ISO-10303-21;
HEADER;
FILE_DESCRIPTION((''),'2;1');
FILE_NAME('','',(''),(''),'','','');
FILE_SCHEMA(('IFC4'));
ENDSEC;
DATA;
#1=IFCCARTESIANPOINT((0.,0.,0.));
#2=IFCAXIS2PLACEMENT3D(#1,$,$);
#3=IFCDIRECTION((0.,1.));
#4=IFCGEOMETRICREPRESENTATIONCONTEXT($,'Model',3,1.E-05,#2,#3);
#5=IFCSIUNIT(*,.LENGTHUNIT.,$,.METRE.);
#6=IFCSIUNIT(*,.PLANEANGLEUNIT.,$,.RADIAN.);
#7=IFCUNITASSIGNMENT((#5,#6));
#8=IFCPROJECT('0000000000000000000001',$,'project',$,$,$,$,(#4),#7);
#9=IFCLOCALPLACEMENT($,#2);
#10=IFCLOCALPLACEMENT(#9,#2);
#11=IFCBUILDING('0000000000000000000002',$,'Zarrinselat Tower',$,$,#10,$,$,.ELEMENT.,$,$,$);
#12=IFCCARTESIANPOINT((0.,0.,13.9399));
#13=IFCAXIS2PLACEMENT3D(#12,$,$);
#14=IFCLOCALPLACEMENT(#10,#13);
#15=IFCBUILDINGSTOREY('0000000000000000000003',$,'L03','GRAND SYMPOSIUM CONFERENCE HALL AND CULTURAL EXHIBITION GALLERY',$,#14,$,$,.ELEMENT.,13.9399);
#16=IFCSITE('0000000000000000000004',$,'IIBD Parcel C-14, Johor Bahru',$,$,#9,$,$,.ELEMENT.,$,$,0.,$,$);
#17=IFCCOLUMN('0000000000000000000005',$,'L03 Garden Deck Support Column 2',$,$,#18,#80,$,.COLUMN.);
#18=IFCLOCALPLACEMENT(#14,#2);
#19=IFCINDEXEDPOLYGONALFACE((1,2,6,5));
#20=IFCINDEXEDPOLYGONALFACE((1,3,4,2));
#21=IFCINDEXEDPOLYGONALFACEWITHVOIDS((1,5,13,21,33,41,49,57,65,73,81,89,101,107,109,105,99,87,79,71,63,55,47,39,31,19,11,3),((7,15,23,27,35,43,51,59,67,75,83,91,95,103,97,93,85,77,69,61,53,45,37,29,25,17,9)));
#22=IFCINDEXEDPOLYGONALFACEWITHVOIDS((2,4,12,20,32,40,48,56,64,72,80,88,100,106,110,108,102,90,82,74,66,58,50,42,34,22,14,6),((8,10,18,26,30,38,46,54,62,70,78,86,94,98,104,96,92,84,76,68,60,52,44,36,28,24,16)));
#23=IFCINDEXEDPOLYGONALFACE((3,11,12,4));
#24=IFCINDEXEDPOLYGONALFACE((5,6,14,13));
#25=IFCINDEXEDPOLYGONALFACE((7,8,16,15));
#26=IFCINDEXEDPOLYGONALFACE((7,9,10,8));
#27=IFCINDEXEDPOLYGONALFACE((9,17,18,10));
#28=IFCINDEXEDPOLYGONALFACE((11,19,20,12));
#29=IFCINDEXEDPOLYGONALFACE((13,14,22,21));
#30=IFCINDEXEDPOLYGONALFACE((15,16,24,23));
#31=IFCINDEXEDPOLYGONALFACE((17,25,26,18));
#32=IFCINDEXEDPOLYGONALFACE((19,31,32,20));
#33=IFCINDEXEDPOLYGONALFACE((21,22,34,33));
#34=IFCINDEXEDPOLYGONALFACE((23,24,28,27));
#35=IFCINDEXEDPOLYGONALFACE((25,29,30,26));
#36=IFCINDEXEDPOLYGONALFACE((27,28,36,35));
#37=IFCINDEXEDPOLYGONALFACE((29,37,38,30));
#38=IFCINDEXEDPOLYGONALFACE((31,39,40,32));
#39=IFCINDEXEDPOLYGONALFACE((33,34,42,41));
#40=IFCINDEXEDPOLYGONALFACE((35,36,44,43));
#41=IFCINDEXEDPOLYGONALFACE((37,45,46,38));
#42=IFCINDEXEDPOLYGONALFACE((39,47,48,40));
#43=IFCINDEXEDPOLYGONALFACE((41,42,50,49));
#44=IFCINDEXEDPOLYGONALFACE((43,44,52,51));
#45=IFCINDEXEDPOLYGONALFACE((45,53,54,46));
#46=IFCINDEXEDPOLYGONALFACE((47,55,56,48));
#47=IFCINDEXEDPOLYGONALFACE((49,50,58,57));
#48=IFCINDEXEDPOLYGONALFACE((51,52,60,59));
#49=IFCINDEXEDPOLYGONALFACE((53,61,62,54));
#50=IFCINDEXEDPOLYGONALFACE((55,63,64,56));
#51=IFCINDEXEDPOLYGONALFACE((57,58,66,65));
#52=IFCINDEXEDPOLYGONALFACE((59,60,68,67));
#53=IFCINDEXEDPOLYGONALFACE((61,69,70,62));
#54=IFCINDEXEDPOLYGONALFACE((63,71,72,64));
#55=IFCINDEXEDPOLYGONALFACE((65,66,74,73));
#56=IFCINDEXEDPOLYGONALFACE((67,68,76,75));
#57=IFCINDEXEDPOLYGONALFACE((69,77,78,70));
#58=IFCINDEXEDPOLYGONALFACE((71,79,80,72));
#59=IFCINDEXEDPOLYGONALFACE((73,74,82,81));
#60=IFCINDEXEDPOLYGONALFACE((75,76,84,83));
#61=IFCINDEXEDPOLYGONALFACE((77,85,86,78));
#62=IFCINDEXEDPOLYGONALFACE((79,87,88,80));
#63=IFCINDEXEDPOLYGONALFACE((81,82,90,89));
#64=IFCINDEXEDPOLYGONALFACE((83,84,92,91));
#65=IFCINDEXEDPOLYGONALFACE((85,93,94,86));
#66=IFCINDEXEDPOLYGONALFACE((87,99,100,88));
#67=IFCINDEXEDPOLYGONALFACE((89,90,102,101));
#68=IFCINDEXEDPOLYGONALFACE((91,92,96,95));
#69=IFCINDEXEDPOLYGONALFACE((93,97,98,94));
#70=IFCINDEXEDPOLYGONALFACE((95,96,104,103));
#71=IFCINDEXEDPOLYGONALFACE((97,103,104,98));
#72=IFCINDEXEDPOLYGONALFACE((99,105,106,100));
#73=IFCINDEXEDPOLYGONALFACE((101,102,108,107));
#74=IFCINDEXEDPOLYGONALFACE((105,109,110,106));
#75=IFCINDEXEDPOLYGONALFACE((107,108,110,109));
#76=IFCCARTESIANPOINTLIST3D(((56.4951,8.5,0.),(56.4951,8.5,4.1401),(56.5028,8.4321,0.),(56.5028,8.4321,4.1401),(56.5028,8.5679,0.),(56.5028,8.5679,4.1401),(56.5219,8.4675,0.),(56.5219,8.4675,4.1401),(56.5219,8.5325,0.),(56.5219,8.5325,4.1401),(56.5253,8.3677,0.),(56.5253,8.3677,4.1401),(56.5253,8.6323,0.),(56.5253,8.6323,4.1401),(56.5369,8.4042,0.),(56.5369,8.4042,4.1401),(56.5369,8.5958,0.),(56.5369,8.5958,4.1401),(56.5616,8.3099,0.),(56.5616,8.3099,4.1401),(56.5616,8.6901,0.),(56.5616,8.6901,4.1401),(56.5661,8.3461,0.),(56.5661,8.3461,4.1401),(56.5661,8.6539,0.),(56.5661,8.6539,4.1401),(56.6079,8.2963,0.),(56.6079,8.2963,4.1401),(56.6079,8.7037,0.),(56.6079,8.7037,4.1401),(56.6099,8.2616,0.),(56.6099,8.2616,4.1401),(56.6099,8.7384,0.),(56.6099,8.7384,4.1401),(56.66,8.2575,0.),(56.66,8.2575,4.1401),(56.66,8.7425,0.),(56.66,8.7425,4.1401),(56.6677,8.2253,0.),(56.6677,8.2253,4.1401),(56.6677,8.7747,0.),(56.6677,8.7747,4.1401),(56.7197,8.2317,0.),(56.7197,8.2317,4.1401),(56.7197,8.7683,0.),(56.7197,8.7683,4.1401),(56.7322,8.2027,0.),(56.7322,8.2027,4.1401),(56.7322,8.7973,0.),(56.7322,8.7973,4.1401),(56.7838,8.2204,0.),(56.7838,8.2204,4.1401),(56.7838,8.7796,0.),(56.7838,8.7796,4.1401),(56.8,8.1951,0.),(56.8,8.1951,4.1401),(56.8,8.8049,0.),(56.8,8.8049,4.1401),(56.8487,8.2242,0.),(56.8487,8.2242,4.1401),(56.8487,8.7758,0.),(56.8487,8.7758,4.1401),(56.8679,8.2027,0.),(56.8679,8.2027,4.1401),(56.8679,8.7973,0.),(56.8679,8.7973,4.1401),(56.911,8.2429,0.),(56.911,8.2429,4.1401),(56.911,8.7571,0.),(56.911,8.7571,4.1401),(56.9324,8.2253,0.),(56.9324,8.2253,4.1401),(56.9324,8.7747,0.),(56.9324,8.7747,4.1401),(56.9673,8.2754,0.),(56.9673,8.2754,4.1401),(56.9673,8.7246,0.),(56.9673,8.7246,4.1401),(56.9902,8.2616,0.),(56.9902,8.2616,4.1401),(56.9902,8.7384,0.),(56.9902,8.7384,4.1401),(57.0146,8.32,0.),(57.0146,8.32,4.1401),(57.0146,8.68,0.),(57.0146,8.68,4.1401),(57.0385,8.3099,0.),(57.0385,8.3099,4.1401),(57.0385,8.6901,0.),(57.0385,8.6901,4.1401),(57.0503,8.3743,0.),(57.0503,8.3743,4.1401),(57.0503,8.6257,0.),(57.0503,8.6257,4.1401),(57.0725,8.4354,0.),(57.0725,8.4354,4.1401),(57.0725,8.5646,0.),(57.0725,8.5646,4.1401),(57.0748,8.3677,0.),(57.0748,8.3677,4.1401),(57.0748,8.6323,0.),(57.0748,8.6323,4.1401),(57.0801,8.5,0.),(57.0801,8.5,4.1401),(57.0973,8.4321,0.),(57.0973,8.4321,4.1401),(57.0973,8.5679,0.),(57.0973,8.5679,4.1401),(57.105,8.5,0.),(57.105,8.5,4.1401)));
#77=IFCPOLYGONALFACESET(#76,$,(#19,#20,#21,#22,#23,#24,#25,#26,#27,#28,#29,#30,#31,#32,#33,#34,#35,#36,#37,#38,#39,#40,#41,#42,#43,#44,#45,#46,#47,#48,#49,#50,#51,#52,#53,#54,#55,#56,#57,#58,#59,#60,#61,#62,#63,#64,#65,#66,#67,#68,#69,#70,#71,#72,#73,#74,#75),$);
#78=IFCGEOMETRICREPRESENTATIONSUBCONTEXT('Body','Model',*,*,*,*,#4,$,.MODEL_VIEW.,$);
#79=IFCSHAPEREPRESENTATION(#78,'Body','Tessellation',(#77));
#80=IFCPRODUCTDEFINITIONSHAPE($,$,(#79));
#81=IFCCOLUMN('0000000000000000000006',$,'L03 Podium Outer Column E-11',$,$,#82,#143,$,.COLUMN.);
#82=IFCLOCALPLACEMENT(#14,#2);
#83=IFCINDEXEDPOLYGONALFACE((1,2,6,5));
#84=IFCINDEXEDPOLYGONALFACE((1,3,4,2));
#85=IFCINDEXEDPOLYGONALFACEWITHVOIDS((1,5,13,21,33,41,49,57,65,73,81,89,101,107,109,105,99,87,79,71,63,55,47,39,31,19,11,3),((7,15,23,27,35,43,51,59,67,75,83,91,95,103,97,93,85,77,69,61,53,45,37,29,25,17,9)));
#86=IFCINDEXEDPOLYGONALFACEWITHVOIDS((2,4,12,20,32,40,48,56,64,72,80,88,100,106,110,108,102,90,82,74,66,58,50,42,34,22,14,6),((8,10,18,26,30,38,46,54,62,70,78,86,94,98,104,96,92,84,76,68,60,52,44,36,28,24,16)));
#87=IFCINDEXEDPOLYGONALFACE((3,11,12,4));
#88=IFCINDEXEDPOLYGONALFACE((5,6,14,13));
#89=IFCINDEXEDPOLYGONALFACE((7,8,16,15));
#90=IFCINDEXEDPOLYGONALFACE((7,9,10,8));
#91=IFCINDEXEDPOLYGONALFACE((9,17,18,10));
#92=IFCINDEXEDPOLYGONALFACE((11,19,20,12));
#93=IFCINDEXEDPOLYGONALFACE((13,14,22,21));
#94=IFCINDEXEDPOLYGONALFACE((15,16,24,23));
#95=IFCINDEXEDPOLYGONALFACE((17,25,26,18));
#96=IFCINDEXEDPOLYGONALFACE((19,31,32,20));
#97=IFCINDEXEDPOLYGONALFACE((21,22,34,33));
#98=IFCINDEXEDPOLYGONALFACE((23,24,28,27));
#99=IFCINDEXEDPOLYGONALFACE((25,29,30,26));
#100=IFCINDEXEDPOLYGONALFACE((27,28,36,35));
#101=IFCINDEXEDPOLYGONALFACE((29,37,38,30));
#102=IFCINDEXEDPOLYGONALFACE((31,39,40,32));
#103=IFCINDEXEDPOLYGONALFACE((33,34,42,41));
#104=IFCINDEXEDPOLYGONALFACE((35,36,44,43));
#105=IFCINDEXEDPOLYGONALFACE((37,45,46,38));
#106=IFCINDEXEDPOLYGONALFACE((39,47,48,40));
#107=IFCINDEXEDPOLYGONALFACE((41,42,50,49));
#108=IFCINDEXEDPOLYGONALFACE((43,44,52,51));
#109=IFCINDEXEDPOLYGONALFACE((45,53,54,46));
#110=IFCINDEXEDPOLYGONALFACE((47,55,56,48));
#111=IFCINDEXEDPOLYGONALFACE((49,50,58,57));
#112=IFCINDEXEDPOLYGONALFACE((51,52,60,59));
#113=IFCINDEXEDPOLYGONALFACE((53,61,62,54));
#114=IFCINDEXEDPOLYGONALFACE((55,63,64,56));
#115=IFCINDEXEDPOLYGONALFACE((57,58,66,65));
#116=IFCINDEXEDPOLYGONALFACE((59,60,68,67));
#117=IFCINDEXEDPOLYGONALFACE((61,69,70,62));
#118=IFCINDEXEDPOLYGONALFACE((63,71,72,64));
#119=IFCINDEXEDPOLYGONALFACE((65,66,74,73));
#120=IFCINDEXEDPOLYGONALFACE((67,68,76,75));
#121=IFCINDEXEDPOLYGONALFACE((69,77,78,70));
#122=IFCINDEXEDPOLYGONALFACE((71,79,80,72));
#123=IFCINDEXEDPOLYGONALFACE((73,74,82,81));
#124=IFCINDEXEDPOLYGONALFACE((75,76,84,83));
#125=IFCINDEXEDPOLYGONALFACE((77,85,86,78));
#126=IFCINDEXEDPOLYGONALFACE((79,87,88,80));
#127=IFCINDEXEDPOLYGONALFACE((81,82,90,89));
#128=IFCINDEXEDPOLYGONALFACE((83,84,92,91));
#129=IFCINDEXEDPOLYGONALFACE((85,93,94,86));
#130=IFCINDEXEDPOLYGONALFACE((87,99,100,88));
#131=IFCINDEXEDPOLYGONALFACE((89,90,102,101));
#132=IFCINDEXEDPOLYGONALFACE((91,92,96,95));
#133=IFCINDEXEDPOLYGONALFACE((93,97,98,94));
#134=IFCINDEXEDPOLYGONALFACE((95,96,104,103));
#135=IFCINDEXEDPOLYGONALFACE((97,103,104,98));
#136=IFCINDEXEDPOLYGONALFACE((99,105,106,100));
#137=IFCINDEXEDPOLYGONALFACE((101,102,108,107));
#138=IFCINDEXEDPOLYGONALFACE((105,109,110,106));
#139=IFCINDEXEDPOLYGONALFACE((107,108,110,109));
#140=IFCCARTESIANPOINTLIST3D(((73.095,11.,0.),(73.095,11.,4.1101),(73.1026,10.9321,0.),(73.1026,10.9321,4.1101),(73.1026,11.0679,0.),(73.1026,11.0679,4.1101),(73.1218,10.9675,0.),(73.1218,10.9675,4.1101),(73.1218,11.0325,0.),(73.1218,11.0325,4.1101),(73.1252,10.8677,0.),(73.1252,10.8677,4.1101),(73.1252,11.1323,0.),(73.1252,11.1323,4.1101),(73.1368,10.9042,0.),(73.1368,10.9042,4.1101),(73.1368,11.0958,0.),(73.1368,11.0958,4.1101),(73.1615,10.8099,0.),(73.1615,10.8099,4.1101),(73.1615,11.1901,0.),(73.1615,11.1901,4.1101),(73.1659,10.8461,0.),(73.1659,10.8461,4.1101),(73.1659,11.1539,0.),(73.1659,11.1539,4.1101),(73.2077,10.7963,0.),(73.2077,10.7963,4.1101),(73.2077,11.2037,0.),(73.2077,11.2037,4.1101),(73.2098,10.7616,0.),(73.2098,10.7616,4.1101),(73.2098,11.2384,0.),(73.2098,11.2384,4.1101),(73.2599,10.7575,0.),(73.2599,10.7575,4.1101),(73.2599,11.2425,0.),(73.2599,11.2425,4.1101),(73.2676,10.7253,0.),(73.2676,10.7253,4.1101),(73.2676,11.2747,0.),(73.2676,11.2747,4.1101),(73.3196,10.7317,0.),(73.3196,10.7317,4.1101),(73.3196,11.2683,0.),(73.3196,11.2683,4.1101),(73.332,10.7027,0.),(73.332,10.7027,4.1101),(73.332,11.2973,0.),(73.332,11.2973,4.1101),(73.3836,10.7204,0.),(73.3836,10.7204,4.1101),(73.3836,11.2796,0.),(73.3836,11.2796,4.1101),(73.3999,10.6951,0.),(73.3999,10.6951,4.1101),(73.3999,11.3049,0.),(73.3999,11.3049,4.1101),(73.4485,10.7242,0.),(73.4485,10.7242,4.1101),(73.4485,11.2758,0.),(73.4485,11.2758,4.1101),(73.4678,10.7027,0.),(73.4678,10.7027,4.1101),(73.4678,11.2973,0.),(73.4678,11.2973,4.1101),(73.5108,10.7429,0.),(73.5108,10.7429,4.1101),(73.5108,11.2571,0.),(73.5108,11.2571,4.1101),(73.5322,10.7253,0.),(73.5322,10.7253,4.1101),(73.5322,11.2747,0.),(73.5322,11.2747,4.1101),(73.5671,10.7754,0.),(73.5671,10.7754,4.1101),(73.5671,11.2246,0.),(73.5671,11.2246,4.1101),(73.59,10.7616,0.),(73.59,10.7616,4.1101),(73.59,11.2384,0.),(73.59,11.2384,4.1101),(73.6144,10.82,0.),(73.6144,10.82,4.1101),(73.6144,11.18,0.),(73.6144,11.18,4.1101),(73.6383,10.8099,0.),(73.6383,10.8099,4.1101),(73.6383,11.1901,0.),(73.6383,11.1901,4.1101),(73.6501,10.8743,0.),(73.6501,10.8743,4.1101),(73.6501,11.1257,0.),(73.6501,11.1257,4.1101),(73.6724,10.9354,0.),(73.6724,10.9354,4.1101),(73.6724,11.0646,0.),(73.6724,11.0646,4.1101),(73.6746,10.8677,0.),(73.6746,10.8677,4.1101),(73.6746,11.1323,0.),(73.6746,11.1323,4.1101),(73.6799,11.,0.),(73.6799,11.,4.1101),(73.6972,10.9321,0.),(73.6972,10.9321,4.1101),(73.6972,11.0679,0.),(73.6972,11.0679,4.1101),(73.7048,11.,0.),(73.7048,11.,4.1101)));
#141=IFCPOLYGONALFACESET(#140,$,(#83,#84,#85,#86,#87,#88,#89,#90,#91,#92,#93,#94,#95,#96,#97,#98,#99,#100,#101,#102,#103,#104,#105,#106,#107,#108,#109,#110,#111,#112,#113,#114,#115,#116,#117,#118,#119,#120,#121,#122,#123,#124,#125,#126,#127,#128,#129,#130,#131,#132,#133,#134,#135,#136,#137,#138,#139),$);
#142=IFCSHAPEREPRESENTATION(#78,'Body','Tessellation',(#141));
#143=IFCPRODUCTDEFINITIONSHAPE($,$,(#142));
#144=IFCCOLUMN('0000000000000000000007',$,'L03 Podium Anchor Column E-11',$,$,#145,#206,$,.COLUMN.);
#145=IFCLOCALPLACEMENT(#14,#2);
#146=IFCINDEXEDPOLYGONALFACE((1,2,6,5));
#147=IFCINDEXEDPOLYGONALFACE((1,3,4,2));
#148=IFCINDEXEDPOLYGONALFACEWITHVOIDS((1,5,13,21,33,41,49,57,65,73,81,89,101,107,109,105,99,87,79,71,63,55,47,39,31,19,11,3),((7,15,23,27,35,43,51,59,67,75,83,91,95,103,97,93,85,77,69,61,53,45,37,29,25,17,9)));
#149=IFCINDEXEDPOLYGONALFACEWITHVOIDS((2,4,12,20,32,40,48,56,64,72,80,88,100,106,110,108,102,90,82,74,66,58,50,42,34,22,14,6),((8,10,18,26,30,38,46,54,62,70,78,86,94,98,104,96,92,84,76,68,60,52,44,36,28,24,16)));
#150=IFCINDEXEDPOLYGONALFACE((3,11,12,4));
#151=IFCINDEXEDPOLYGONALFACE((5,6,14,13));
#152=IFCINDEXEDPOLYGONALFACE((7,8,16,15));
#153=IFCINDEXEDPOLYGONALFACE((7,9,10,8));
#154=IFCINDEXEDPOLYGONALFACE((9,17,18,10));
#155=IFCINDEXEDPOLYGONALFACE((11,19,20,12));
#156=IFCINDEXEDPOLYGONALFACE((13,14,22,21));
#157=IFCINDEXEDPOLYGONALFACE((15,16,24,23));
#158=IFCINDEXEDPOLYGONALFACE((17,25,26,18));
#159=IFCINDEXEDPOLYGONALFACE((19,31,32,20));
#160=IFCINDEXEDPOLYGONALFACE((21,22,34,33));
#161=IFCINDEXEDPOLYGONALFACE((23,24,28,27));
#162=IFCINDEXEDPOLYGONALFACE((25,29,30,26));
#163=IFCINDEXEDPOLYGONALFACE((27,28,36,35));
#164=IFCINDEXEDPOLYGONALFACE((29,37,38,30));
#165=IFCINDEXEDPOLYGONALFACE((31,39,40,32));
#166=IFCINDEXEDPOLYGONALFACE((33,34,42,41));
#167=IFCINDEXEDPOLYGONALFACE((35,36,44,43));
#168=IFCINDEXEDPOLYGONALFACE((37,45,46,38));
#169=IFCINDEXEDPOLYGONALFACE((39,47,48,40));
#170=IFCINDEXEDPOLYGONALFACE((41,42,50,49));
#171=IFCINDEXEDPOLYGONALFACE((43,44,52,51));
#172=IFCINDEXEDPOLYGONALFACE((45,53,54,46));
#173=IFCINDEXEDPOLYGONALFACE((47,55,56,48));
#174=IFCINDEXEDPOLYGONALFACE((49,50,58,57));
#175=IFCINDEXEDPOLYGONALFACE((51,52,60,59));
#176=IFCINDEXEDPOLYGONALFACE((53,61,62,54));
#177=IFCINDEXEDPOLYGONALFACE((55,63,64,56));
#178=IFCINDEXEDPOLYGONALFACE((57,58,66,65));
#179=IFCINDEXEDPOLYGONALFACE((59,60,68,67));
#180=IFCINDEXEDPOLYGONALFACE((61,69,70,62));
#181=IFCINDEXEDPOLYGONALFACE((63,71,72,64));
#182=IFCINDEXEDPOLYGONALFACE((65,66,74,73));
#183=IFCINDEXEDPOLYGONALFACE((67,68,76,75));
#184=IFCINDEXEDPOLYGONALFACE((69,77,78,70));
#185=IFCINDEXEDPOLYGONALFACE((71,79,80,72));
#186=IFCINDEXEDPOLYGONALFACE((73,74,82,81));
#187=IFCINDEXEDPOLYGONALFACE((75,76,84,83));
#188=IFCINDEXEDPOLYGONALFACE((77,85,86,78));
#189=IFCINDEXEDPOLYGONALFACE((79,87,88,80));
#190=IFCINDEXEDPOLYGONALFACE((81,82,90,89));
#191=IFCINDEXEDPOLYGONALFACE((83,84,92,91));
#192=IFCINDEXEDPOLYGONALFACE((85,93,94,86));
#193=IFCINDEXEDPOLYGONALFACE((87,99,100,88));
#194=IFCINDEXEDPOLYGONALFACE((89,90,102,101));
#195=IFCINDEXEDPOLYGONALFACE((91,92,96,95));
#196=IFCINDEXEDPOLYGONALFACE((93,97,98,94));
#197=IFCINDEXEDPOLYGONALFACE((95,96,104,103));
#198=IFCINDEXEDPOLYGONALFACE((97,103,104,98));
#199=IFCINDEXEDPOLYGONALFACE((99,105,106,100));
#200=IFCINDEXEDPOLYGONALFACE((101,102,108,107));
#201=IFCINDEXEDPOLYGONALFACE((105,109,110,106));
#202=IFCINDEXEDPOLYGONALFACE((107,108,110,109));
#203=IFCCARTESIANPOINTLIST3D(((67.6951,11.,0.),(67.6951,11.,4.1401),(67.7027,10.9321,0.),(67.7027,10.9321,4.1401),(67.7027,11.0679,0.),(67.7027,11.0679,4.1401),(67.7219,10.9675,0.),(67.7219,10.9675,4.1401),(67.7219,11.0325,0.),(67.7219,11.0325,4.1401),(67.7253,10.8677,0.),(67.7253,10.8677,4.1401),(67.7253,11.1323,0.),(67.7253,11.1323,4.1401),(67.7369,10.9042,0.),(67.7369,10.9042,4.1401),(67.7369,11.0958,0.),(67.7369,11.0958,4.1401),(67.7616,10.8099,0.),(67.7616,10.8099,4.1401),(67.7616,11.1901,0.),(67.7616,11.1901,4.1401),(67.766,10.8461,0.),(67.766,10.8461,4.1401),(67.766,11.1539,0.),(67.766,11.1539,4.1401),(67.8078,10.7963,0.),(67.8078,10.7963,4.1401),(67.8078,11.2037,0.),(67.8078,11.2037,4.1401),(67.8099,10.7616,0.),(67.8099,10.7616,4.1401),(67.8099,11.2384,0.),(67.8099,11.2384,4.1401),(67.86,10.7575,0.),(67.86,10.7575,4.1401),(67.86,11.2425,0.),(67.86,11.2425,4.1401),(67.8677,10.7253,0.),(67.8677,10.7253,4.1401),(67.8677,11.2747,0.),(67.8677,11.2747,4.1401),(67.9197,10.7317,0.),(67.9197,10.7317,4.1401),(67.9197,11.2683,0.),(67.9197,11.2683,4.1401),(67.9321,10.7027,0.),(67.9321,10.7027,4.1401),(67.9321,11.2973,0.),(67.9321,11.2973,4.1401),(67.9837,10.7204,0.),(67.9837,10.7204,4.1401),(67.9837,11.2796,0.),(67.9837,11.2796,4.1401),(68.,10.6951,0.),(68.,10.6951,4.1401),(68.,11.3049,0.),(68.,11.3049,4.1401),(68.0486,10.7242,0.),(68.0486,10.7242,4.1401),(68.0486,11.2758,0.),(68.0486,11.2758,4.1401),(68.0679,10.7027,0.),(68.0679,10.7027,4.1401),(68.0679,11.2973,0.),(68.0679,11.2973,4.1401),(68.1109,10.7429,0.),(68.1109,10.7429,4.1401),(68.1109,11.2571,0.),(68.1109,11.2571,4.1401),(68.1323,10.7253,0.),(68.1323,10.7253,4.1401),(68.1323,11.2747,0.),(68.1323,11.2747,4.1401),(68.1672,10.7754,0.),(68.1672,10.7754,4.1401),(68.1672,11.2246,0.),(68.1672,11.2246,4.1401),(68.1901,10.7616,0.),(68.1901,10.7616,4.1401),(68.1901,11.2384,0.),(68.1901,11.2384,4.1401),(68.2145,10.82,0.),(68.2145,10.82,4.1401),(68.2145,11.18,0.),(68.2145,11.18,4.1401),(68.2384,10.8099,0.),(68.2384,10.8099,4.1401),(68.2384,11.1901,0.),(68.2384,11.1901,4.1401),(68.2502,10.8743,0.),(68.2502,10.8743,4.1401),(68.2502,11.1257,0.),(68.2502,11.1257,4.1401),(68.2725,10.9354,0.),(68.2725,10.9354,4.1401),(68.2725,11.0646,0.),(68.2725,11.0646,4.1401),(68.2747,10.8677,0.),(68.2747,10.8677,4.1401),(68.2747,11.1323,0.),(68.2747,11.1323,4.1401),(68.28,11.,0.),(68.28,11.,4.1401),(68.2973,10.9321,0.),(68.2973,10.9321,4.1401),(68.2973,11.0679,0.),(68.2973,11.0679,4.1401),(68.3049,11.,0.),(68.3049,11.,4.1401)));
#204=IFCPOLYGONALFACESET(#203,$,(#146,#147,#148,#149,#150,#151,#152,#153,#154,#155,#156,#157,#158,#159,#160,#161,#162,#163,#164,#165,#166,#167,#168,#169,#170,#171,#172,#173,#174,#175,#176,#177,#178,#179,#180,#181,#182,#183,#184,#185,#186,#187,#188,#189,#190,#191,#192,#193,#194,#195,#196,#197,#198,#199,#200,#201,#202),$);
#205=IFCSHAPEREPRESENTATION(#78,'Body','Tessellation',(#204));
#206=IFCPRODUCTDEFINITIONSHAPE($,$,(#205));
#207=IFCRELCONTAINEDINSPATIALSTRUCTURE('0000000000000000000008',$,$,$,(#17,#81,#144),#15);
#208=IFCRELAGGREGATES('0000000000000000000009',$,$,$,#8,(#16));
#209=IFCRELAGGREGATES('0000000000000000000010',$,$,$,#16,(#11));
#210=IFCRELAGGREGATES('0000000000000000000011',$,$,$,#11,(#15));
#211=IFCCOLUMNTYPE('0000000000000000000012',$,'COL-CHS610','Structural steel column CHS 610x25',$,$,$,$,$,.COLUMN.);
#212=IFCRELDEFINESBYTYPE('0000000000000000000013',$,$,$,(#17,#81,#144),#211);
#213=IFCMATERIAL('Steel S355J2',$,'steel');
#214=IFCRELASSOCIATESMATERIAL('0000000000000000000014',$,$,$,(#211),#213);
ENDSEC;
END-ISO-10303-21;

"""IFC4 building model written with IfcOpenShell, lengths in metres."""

from ifc_helpers import new_model, si_unit, direction, frame, origin, origin_2d, place, context, subcontext, project, spatial, hollow_circle, extrude, material, material_profile, profile_set, type_object, element, save


model = new_model("IFC4")

# Units and contexts
model_context = context("Model", 3, precision=1e-05, world=origin(), true_north=direction((0.0, 1.0)))
body_context = subcontext(model_context, "Body", "Model", "MODEL_VIEW")
ifc_project = project(units=[si_unit("LENGTHUNIT", "METRE"), si_unit("PLANEANGLEUNIT", "RADIAN")], contexts=[model_context])

# Site, building, storey
site_placement = place(None, origin())
site = spatial("IfcSite", under=ifc_project, at=site_placement, Name="IIBD Parcel C-14, Johor Bahru", CompositionType="ELEMENT", RefElevation=0.0)
building_placement = place(site_placement, origin())
building = spatial("IfcBuilding", under=site, at=building_placement, Name="Zarrinselat Tower", CompositionType="ELEMENT")
storey_placement = place(building_placement, frame((0.0, 0.0, 13.9399)))
storey = spatial("IfcBuildingStorey", under=building, at=storey_placement, Name="L03", Description="GRAND SYMPOSIUM CONFERENCE HALL AND CULTURAL EXHIBITION GALLERY", CompositionType="ELEMENT", Elevation=13.9399)

# Columns
ifc_material_1 = material(Name="Steel S355J2", Category="steel")
ifc_material_profile_1 = material_profile(ifc_material_1, hollow_circle(Radius=0.3049, WallThickness=0.0249, at=origin_2d()), Name="CHS 610x25")
ifc_profile_set_1 = profile_set([ifc_material_profile_1], Name="Steel S355J2")
column_type = type_object("IfcColumnType", Name="COL-CHS610", Description="Structural steel column CHS 610x25", PredefinedType="COLUMN", material=ifc_profile_set_1)
column_1_placement = place(storey_placement, frame((56.8, 8.5, 0.0), z_axis=(0.0, 0.0, 1.0), x_axis=(1.0, 0.0, 0.0)))
element("IfcColumn", 1, at=column_1_placement, inside=storey, type_object=column_type, Name="L03 Garden Deck Support Column 2", PredefinedType="COLUMN", context=body_context, shape_type="SweptSolid", body=[
    extrude(hollow_circle(Radius=0.3049, WallThickness=0.0249, at=origin_2d()), origin(), (0.0, 0.0, 1.0), 4.1401),
])
column_2_placement = place(storey_placement, frame((73.3999, 11.0, 0.0), z_axis=(0.0, 0.0, 1.0), x_axis=(1.0, 0.0, 0.0)))
element("IfcColumn", 2, at=column_2_placement, inside=storey, type_object=column_type, Name="L03 Podium Outer Column E-11", PredefinedType="COLUMN", context=body_context, shape_type="SweptSolid", body=[
    extrude(hollow_circle(Radius=0.3049, WallThickness=0.0249, at=origin_2d()), origin(), (0.0, 0.0, 1.0), 4.1101),
])
column_3_placement = place(storey_placement, frame((68.0, 11.0, 0.0), z_axis=(0.0, 0.0, 1.0), x_axis=(1.0, 0.0, 0.0)))
element("IfcColumn", 3, at=column_3_placement, inside=storey, type_object=column_type, Name="L03 Podium Anchor Column E-11", PredefinedType="COLUMN", context=body_context, shape_type="SweptSolid", body=[
    extrude(hollow_circle(Radius=0.3049, WallThickness=0.0249, at=origin_2d()), origin(), (0.0, 0.0, 1.0), 4.1401),
])

save(model, "model.ifc")
